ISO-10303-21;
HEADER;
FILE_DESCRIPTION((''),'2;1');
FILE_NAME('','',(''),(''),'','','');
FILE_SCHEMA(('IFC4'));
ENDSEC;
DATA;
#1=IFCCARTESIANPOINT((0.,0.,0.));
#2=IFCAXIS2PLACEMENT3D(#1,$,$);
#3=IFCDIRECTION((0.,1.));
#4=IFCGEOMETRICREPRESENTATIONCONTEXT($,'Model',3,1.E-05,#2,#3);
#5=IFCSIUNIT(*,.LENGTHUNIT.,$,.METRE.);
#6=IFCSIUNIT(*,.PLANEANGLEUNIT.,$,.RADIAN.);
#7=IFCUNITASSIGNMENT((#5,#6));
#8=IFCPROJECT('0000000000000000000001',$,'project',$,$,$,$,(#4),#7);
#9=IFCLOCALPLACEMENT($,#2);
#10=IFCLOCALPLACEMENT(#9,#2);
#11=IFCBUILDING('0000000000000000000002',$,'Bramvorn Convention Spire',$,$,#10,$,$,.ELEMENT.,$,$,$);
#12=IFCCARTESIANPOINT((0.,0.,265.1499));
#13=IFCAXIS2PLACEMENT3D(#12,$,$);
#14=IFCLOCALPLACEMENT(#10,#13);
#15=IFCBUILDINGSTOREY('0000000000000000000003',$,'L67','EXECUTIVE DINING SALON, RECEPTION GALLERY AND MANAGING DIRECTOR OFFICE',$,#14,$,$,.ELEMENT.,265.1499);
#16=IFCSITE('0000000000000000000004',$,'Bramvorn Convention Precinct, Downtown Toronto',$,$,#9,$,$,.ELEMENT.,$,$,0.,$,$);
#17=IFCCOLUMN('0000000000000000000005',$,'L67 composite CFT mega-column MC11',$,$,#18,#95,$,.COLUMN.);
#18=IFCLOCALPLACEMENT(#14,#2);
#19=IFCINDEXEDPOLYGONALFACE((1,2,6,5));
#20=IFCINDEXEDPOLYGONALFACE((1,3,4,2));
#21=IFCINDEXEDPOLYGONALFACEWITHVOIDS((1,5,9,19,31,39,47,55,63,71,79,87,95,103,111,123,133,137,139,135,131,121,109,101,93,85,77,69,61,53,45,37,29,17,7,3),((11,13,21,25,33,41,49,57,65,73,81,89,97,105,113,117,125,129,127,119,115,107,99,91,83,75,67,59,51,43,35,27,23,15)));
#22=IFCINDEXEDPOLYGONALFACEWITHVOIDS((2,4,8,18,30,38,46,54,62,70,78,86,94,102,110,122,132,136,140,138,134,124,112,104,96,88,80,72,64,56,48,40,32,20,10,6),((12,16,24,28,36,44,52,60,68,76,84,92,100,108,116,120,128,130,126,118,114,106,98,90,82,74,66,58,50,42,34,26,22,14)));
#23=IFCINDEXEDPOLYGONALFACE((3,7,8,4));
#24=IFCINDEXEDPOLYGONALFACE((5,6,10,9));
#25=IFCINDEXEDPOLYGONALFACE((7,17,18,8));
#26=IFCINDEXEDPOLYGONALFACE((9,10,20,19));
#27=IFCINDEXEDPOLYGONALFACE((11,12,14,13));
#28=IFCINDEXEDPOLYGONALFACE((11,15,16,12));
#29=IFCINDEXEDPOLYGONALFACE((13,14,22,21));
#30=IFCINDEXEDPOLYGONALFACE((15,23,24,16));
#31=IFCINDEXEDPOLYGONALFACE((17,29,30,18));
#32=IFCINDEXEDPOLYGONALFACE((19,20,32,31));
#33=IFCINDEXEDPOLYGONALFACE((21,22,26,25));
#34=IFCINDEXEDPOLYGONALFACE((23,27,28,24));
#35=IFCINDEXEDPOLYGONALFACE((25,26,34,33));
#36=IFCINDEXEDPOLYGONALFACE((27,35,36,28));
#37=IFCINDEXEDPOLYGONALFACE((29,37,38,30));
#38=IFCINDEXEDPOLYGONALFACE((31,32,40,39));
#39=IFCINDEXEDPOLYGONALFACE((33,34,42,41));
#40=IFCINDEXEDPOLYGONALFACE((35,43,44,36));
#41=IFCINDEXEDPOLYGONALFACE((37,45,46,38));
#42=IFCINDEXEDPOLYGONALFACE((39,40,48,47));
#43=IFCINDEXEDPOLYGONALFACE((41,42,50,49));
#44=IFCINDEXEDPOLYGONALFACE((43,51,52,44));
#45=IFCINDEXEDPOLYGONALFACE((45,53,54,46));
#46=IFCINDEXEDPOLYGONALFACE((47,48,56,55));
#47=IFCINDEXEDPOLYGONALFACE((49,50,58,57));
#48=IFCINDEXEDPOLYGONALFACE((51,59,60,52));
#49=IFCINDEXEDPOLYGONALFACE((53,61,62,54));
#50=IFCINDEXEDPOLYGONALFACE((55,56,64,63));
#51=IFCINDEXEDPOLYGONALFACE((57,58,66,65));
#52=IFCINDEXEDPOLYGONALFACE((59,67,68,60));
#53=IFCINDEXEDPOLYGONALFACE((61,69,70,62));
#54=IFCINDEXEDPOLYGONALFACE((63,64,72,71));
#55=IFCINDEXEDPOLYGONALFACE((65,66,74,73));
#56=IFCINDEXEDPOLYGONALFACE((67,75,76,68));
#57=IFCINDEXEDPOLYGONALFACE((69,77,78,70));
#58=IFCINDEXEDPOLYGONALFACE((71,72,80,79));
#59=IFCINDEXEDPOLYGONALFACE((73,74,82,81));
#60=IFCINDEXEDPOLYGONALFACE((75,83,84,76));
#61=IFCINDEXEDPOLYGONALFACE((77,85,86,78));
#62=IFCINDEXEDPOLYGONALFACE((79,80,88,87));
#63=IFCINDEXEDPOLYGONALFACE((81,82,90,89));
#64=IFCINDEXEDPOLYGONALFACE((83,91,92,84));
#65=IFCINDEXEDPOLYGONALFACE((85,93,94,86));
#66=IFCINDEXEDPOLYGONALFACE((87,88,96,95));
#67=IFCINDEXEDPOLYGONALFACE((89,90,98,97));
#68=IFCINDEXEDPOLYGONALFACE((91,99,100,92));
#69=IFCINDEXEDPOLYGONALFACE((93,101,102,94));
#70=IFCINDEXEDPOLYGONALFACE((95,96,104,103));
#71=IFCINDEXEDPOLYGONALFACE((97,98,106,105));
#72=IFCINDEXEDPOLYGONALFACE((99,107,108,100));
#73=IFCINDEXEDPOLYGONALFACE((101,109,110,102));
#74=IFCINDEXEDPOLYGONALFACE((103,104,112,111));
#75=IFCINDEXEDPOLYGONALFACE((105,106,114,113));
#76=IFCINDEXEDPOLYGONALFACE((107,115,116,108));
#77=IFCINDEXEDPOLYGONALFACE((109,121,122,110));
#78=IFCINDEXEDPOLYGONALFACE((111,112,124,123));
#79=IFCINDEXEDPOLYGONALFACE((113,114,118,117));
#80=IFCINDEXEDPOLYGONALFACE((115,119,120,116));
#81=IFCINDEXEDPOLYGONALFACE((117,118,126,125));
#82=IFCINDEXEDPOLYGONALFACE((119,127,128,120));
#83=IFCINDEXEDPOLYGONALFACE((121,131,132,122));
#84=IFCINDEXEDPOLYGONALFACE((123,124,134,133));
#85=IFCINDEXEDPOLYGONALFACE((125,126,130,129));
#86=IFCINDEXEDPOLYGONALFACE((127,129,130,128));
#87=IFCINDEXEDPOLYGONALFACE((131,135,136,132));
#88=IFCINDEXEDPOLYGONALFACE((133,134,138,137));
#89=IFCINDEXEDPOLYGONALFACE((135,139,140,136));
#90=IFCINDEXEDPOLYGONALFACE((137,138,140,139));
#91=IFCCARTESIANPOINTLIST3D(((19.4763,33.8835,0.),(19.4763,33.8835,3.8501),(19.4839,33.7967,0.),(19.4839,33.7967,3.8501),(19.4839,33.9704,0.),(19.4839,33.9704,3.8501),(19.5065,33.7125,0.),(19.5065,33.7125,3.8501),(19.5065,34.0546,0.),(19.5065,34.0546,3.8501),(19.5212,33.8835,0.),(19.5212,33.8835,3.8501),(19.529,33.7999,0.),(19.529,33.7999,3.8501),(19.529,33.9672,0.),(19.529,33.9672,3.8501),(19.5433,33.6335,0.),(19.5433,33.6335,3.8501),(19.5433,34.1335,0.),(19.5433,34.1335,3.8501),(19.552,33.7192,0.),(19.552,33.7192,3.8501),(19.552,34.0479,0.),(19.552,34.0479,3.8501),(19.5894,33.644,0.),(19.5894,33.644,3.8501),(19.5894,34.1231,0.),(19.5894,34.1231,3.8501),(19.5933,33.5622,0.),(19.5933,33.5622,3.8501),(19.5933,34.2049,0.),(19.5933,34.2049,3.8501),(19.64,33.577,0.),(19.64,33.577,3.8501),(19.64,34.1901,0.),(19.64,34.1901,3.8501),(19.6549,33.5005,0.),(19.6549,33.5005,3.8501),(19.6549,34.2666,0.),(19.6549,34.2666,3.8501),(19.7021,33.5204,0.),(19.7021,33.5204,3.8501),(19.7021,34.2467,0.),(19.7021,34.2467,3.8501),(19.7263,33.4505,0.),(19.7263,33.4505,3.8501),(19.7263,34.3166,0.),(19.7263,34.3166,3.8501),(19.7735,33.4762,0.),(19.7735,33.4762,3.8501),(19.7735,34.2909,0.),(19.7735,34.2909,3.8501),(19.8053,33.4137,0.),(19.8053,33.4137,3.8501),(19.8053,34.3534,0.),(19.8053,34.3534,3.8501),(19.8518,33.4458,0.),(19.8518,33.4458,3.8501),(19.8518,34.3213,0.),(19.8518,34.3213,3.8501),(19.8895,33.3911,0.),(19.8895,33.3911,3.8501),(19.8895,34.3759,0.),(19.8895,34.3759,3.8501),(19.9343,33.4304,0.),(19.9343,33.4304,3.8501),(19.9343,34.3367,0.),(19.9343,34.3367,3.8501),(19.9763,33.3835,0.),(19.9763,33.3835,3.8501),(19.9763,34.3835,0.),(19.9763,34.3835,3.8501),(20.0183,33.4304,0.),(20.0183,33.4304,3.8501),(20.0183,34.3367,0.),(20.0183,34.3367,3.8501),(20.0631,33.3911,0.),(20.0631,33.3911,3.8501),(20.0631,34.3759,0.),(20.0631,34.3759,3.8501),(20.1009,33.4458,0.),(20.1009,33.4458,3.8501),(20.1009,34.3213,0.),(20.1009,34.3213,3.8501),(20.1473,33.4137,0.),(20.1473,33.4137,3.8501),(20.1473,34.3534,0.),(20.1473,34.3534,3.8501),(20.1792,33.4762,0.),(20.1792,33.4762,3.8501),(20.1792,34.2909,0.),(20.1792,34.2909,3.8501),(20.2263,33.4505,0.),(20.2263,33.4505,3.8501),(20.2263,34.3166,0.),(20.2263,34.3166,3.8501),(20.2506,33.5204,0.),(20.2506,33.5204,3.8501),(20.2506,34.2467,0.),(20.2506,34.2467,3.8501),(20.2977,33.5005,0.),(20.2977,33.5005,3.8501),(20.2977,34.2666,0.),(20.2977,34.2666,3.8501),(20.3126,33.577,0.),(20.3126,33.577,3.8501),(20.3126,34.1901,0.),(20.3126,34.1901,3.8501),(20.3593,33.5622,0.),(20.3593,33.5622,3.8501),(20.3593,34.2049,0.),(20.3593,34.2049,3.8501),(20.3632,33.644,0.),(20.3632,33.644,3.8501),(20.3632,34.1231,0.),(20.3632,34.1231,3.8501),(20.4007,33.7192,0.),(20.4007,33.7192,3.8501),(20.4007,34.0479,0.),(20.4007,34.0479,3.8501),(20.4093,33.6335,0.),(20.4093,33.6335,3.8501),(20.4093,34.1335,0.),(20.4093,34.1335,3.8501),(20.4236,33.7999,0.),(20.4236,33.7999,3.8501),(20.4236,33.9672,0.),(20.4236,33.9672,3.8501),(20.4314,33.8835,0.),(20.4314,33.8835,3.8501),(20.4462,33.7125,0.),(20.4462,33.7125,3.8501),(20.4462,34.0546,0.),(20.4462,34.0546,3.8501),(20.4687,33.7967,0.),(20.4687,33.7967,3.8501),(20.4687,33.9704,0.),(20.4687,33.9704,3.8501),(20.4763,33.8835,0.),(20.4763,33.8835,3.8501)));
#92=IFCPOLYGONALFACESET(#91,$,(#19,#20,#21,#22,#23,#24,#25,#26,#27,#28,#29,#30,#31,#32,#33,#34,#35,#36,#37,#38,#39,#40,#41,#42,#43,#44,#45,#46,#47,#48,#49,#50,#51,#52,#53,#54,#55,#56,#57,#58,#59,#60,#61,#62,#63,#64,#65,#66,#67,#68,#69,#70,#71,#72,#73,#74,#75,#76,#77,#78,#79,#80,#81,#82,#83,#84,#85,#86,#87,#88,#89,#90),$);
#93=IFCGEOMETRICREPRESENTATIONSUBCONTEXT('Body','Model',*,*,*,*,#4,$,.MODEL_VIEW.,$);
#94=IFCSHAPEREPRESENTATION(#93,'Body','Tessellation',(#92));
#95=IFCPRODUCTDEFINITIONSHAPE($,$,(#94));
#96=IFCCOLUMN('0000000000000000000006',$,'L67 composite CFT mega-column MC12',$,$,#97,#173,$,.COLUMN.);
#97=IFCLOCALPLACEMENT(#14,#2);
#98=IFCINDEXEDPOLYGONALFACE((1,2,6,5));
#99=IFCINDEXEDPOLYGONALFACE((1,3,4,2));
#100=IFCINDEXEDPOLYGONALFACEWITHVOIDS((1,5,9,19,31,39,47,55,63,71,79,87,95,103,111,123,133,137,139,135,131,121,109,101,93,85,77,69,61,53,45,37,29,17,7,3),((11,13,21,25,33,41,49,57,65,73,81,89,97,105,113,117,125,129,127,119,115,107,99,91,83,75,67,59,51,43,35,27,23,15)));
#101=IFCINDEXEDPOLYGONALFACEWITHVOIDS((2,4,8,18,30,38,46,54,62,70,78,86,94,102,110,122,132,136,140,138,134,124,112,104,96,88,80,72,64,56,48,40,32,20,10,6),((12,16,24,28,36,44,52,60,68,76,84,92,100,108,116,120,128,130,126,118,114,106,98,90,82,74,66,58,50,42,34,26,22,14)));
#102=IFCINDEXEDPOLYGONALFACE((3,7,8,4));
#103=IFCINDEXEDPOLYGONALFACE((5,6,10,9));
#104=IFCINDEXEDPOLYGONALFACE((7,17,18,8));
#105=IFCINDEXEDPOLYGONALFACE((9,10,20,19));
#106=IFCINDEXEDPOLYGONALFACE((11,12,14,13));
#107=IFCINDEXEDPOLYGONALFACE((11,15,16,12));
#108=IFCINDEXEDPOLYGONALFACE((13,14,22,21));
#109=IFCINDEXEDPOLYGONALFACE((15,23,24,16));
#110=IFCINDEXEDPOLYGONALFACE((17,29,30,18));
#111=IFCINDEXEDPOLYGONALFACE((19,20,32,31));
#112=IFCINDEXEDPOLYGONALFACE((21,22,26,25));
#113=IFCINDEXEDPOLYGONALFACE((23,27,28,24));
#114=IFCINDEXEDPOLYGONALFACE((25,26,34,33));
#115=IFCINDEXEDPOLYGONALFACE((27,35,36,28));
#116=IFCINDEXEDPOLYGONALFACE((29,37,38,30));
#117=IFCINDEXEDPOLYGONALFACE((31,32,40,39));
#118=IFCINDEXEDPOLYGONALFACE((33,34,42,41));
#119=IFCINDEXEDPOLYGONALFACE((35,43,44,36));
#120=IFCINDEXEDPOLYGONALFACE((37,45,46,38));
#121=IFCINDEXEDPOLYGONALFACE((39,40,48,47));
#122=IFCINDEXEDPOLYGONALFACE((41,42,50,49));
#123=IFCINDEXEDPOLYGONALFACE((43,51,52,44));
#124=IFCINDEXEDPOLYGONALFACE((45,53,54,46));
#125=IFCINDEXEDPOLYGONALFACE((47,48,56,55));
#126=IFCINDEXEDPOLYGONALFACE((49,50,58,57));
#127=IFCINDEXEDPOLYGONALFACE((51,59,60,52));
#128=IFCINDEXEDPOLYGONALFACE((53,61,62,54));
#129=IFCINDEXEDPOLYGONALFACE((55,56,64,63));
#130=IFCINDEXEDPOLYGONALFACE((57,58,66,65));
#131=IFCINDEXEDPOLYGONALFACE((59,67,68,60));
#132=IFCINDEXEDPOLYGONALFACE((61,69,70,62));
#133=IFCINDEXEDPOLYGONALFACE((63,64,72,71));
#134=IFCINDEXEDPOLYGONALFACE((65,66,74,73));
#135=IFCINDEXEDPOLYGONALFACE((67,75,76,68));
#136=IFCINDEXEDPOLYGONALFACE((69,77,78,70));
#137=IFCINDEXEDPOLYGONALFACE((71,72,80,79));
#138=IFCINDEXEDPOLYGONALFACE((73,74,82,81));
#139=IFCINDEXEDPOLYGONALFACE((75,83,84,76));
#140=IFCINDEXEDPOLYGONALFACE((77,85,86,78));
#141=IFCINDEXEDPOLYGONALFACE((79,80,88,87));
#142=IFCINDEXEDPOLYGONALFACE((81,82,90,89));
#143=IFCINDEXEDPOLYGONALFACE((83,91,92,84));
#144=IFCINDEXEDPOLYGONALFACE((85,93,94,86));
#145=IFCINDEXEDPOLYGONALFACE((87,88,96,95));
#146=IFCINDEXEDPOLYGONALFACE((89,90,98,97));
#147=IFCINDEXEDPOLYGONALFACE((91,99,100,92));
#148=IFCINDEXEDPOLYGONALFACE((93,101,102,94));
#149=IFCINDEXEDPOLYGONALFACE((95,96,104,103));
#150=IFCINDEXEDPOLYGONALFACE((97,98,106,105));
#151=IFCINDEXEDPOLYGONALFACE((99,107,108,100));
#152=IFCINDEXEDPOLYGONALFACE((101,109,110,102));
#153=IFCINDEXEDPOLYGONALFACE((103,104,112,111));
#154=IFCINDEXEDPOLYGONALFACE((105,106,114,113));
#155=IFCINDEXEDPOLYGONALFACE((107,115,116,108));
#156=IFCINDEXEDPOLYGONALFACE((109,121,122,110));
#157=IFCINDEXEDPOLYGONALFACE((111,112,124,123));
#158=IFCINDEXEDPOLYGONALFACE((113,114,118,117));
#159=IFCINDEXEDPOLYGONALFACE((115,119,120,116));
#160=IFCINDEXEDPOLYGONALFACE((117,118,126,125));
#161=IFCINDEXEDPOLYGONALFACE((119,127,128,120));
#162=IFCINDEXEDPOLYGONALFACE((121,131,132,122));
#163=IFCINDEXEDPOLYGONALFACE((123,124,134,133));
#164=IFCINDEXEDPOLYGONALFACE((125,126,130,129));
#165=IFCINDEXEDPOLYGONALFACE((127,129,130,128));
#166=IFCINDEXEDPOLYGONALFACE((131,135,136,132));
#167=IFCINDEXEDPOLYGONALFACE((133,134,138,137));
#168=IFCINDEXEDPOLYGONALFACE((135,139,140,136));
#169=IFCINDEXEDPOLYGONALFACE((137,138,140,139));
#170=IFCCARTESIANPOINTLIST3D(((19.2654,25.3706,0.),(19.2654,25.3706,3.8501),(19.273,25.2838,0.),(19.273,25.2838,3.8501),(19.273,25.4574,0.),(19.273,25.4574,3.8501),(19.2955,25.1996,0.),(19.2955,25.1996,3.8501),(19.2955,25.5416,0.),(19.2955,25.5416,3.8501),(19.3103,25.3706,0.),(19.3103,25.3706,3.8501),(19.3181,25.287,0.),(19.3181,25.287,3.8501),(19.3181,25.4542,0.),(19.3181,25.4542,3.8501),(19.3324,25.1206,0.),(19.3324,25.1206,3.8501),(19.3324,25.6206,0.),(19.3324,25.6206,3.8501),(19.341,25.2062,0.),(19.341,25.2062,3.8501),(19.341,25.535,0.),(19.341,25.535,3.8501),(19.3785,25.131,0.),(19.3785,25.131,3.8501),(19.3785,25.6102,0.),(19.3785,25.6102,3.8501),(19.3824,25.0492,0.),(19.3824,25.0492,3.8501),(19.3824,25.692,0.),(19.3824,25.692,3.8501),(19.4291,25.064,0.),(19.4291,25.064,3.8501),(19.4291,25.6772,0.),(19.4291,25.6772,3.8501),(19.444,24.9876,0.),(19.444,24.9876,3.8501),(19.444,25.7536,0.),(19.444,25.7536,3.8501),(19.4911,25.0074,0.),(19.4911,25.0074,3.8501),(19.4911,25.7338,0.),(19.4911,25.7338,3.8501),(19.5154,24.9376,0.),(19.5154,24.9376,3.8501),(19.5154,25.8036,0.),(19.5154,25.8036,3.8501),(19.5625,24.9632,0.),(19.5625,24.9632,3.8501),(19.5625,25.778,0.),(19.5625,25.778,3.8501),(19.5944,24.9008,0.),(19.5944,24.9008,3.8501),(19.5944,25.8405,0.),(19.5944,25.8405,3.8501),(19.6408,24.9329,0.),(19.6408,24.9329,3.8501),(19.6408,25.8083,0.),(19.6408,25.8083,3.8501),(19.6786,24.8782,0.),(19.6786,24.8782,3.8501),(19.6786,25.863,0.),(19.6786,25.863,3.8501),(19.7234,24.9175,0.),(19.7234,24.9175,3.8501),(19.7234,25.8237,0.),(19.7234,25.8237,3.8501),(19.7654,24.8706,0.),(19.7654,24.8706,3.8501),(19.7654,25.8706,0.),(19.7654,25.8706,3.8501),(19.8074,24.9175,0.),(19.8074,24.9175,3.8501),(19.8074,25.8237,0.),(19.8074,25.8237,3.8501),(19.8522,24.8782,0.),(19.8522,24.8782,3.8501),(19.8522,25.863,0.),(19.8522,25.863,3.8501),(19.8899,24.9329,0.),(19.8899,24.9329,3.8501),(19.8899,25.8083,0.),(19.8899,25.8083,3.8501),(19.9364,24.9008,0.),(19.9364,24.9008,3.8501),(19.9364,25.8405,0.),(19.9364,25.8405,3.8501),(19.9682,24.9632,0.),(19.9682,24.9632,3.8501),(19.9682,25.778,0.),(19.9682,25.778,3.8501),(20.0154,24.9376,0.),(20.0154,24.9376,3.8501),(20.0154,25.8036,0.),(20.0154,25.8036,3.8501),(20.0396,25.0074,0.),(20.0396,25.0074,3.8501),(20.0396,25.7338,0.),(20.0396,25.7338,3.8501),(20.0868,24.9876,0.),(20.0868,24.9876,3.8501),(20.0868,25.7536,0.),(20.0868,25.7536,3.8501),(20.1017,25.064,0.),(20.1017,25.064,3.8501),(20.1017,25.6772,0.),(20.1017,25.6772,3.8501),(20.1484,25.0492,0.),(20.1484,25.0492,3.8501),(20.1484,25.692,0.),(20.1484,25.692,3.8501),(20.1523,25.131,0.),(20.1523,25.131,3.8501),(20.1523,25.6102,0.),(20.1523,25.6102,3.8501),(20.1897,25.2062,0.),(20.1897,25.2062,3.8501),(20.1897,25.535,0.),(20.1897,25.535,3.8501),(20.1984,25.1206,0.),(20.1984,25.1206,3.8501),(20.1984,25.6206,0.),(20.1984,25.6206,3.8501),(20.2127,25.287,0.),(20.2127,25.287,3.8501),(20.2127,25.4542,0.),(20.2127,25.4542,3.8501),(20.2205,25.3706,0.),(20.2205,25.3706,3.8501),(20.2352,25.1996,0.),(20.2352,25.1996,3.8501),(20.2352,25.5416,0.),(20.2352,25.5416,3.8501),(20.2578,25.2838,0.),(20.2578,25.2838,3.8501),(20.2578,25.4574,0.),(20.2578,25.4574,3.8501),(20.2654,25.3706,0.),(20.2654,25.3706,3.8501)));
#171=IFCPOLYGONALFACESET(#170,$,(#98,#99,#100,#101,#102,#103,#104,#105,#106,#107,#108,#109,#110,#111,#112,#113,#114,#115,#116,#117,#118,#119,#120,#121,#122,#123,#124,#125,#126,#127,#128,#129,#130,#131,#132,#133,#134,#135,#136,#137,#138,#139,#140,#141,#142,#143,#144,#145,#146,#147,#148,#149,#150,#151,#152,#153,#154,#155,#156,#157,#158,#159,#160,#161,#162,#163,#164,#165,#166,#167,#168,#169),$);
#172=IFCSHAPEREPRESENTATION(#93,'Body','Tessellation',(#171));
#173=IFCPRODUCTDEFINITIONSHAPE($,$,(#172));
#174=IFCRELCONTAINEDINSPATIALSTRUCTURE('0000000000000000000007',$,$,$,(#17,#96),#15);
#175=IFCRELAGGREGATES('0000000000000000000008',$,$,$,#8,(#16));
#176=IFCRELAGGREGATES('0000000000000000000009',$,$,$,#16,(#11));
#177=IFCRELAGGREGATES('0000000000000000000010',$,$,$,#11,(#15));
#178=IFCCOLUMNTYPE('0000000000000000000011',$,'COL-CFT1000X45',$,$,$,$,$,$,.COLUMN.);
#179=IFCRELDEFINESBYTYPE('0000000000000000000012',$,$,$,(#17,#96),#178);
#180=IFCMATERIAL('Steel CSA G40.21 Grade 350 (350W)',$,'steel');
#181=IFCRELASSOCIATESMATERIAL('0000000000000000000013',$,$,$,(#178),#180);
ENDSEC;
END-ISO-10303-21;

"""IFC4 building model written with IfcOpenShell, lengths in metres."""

from ifc_helpers import new_model, si_unit, direction, frame, origin, origin_2d, place, context, subcontext, project, spatial, hollow_circle, extrude, material, material_profile, profile_set, type_object, element, save


model = new_model("IFC4")

# Units and contexts
model_context = context("Model", 3, precision=1e-05, world=origin(), true_north=direction((0.0, 1.0)))
body_context = subcontext(model_context, "Body", "Model", "MODEL_VIEW")
ifc_project = project(units=[si_unit("LENGTHUNIT", "METRE"), si_unit("PLANEANGLEUNIT", "RADIAN")], contexts=[model_context])

# Site, building, storey
site_placement = place(None, origin())
site = spatial("IfcSite", under=ifc_project, at=site_placement, Name="Bramvorn Convention Precinct, Downtown Toronto", CompositionType="ELEMENT", RefElevation=0.0)
building_placement = place(site_placement, origin())
building = spatial("IfcBuilding", under=site, at=building_placement, Name="Bramvorn Convention Spire", CompositionType="ELEMENT")
storey_placement = place(building_placement, frame((0.0, 0.0, 265.1499)))
storey = spatial("IfcBuildingStorey", under=building, at=storey_placement, Name="L67", Description="EXECUTIVE DINING SALON, RECEPTION GALLERY AND MANAGING DIRECTOR OFFICE", CompositionType="ELEMENT", Elevation=265.1499)

# Columns
ifc_material_1 = material(Name="Steel CSA G40.21 Grade 350 (350W)", Category="steel")
ifc_material_profile_1 = material_profile(ifc_material_1, hollow_circle(Radius=0.5, WallThickness=0.0449, at=origin_2d()))
ifc_profile_set_1 = profile_set([ifc_material_profile_1], Name="Steel CSA G40.21 Grade 350 (350W) - CFT1000X45")
column_type = type_object("IfcColumnType", Name="COL-CFT1000X45", PredefinedType="COLUMN", material=ifc_profile_set_1)
for number, where, z_axis, x_axis, name in (
    (1, (19.9763, 33.8835, 0.0), (0.0, 0.0, 1.0), (1.0, 0.0, 0.0), "L67 composite CFT mega-column MC11"),
    (2, (19.7654, 25.3706, 0.0), (0.0, 0.0, 1.0), (1.0, 0.0, 0.0), "L67 composite CFT mega-column MC12"),
):
    element("IfcColumn", number, at=place(storey_placement, frame(where, z_axis=z_axis, x_axis=x_axis)), inside=storey, type_object=column_type, Name=name, PredefinedType="COLUMN", context=body_context, shape_type="SweptSolid", body=[
        extrude(hollow_circle(Radius=0.5, WallThickness=0.0449, at=origin_2d()), origin(), (0.0, 0.0, 1.0), 3.8501),
    ])

save(model, "model.ifc")
